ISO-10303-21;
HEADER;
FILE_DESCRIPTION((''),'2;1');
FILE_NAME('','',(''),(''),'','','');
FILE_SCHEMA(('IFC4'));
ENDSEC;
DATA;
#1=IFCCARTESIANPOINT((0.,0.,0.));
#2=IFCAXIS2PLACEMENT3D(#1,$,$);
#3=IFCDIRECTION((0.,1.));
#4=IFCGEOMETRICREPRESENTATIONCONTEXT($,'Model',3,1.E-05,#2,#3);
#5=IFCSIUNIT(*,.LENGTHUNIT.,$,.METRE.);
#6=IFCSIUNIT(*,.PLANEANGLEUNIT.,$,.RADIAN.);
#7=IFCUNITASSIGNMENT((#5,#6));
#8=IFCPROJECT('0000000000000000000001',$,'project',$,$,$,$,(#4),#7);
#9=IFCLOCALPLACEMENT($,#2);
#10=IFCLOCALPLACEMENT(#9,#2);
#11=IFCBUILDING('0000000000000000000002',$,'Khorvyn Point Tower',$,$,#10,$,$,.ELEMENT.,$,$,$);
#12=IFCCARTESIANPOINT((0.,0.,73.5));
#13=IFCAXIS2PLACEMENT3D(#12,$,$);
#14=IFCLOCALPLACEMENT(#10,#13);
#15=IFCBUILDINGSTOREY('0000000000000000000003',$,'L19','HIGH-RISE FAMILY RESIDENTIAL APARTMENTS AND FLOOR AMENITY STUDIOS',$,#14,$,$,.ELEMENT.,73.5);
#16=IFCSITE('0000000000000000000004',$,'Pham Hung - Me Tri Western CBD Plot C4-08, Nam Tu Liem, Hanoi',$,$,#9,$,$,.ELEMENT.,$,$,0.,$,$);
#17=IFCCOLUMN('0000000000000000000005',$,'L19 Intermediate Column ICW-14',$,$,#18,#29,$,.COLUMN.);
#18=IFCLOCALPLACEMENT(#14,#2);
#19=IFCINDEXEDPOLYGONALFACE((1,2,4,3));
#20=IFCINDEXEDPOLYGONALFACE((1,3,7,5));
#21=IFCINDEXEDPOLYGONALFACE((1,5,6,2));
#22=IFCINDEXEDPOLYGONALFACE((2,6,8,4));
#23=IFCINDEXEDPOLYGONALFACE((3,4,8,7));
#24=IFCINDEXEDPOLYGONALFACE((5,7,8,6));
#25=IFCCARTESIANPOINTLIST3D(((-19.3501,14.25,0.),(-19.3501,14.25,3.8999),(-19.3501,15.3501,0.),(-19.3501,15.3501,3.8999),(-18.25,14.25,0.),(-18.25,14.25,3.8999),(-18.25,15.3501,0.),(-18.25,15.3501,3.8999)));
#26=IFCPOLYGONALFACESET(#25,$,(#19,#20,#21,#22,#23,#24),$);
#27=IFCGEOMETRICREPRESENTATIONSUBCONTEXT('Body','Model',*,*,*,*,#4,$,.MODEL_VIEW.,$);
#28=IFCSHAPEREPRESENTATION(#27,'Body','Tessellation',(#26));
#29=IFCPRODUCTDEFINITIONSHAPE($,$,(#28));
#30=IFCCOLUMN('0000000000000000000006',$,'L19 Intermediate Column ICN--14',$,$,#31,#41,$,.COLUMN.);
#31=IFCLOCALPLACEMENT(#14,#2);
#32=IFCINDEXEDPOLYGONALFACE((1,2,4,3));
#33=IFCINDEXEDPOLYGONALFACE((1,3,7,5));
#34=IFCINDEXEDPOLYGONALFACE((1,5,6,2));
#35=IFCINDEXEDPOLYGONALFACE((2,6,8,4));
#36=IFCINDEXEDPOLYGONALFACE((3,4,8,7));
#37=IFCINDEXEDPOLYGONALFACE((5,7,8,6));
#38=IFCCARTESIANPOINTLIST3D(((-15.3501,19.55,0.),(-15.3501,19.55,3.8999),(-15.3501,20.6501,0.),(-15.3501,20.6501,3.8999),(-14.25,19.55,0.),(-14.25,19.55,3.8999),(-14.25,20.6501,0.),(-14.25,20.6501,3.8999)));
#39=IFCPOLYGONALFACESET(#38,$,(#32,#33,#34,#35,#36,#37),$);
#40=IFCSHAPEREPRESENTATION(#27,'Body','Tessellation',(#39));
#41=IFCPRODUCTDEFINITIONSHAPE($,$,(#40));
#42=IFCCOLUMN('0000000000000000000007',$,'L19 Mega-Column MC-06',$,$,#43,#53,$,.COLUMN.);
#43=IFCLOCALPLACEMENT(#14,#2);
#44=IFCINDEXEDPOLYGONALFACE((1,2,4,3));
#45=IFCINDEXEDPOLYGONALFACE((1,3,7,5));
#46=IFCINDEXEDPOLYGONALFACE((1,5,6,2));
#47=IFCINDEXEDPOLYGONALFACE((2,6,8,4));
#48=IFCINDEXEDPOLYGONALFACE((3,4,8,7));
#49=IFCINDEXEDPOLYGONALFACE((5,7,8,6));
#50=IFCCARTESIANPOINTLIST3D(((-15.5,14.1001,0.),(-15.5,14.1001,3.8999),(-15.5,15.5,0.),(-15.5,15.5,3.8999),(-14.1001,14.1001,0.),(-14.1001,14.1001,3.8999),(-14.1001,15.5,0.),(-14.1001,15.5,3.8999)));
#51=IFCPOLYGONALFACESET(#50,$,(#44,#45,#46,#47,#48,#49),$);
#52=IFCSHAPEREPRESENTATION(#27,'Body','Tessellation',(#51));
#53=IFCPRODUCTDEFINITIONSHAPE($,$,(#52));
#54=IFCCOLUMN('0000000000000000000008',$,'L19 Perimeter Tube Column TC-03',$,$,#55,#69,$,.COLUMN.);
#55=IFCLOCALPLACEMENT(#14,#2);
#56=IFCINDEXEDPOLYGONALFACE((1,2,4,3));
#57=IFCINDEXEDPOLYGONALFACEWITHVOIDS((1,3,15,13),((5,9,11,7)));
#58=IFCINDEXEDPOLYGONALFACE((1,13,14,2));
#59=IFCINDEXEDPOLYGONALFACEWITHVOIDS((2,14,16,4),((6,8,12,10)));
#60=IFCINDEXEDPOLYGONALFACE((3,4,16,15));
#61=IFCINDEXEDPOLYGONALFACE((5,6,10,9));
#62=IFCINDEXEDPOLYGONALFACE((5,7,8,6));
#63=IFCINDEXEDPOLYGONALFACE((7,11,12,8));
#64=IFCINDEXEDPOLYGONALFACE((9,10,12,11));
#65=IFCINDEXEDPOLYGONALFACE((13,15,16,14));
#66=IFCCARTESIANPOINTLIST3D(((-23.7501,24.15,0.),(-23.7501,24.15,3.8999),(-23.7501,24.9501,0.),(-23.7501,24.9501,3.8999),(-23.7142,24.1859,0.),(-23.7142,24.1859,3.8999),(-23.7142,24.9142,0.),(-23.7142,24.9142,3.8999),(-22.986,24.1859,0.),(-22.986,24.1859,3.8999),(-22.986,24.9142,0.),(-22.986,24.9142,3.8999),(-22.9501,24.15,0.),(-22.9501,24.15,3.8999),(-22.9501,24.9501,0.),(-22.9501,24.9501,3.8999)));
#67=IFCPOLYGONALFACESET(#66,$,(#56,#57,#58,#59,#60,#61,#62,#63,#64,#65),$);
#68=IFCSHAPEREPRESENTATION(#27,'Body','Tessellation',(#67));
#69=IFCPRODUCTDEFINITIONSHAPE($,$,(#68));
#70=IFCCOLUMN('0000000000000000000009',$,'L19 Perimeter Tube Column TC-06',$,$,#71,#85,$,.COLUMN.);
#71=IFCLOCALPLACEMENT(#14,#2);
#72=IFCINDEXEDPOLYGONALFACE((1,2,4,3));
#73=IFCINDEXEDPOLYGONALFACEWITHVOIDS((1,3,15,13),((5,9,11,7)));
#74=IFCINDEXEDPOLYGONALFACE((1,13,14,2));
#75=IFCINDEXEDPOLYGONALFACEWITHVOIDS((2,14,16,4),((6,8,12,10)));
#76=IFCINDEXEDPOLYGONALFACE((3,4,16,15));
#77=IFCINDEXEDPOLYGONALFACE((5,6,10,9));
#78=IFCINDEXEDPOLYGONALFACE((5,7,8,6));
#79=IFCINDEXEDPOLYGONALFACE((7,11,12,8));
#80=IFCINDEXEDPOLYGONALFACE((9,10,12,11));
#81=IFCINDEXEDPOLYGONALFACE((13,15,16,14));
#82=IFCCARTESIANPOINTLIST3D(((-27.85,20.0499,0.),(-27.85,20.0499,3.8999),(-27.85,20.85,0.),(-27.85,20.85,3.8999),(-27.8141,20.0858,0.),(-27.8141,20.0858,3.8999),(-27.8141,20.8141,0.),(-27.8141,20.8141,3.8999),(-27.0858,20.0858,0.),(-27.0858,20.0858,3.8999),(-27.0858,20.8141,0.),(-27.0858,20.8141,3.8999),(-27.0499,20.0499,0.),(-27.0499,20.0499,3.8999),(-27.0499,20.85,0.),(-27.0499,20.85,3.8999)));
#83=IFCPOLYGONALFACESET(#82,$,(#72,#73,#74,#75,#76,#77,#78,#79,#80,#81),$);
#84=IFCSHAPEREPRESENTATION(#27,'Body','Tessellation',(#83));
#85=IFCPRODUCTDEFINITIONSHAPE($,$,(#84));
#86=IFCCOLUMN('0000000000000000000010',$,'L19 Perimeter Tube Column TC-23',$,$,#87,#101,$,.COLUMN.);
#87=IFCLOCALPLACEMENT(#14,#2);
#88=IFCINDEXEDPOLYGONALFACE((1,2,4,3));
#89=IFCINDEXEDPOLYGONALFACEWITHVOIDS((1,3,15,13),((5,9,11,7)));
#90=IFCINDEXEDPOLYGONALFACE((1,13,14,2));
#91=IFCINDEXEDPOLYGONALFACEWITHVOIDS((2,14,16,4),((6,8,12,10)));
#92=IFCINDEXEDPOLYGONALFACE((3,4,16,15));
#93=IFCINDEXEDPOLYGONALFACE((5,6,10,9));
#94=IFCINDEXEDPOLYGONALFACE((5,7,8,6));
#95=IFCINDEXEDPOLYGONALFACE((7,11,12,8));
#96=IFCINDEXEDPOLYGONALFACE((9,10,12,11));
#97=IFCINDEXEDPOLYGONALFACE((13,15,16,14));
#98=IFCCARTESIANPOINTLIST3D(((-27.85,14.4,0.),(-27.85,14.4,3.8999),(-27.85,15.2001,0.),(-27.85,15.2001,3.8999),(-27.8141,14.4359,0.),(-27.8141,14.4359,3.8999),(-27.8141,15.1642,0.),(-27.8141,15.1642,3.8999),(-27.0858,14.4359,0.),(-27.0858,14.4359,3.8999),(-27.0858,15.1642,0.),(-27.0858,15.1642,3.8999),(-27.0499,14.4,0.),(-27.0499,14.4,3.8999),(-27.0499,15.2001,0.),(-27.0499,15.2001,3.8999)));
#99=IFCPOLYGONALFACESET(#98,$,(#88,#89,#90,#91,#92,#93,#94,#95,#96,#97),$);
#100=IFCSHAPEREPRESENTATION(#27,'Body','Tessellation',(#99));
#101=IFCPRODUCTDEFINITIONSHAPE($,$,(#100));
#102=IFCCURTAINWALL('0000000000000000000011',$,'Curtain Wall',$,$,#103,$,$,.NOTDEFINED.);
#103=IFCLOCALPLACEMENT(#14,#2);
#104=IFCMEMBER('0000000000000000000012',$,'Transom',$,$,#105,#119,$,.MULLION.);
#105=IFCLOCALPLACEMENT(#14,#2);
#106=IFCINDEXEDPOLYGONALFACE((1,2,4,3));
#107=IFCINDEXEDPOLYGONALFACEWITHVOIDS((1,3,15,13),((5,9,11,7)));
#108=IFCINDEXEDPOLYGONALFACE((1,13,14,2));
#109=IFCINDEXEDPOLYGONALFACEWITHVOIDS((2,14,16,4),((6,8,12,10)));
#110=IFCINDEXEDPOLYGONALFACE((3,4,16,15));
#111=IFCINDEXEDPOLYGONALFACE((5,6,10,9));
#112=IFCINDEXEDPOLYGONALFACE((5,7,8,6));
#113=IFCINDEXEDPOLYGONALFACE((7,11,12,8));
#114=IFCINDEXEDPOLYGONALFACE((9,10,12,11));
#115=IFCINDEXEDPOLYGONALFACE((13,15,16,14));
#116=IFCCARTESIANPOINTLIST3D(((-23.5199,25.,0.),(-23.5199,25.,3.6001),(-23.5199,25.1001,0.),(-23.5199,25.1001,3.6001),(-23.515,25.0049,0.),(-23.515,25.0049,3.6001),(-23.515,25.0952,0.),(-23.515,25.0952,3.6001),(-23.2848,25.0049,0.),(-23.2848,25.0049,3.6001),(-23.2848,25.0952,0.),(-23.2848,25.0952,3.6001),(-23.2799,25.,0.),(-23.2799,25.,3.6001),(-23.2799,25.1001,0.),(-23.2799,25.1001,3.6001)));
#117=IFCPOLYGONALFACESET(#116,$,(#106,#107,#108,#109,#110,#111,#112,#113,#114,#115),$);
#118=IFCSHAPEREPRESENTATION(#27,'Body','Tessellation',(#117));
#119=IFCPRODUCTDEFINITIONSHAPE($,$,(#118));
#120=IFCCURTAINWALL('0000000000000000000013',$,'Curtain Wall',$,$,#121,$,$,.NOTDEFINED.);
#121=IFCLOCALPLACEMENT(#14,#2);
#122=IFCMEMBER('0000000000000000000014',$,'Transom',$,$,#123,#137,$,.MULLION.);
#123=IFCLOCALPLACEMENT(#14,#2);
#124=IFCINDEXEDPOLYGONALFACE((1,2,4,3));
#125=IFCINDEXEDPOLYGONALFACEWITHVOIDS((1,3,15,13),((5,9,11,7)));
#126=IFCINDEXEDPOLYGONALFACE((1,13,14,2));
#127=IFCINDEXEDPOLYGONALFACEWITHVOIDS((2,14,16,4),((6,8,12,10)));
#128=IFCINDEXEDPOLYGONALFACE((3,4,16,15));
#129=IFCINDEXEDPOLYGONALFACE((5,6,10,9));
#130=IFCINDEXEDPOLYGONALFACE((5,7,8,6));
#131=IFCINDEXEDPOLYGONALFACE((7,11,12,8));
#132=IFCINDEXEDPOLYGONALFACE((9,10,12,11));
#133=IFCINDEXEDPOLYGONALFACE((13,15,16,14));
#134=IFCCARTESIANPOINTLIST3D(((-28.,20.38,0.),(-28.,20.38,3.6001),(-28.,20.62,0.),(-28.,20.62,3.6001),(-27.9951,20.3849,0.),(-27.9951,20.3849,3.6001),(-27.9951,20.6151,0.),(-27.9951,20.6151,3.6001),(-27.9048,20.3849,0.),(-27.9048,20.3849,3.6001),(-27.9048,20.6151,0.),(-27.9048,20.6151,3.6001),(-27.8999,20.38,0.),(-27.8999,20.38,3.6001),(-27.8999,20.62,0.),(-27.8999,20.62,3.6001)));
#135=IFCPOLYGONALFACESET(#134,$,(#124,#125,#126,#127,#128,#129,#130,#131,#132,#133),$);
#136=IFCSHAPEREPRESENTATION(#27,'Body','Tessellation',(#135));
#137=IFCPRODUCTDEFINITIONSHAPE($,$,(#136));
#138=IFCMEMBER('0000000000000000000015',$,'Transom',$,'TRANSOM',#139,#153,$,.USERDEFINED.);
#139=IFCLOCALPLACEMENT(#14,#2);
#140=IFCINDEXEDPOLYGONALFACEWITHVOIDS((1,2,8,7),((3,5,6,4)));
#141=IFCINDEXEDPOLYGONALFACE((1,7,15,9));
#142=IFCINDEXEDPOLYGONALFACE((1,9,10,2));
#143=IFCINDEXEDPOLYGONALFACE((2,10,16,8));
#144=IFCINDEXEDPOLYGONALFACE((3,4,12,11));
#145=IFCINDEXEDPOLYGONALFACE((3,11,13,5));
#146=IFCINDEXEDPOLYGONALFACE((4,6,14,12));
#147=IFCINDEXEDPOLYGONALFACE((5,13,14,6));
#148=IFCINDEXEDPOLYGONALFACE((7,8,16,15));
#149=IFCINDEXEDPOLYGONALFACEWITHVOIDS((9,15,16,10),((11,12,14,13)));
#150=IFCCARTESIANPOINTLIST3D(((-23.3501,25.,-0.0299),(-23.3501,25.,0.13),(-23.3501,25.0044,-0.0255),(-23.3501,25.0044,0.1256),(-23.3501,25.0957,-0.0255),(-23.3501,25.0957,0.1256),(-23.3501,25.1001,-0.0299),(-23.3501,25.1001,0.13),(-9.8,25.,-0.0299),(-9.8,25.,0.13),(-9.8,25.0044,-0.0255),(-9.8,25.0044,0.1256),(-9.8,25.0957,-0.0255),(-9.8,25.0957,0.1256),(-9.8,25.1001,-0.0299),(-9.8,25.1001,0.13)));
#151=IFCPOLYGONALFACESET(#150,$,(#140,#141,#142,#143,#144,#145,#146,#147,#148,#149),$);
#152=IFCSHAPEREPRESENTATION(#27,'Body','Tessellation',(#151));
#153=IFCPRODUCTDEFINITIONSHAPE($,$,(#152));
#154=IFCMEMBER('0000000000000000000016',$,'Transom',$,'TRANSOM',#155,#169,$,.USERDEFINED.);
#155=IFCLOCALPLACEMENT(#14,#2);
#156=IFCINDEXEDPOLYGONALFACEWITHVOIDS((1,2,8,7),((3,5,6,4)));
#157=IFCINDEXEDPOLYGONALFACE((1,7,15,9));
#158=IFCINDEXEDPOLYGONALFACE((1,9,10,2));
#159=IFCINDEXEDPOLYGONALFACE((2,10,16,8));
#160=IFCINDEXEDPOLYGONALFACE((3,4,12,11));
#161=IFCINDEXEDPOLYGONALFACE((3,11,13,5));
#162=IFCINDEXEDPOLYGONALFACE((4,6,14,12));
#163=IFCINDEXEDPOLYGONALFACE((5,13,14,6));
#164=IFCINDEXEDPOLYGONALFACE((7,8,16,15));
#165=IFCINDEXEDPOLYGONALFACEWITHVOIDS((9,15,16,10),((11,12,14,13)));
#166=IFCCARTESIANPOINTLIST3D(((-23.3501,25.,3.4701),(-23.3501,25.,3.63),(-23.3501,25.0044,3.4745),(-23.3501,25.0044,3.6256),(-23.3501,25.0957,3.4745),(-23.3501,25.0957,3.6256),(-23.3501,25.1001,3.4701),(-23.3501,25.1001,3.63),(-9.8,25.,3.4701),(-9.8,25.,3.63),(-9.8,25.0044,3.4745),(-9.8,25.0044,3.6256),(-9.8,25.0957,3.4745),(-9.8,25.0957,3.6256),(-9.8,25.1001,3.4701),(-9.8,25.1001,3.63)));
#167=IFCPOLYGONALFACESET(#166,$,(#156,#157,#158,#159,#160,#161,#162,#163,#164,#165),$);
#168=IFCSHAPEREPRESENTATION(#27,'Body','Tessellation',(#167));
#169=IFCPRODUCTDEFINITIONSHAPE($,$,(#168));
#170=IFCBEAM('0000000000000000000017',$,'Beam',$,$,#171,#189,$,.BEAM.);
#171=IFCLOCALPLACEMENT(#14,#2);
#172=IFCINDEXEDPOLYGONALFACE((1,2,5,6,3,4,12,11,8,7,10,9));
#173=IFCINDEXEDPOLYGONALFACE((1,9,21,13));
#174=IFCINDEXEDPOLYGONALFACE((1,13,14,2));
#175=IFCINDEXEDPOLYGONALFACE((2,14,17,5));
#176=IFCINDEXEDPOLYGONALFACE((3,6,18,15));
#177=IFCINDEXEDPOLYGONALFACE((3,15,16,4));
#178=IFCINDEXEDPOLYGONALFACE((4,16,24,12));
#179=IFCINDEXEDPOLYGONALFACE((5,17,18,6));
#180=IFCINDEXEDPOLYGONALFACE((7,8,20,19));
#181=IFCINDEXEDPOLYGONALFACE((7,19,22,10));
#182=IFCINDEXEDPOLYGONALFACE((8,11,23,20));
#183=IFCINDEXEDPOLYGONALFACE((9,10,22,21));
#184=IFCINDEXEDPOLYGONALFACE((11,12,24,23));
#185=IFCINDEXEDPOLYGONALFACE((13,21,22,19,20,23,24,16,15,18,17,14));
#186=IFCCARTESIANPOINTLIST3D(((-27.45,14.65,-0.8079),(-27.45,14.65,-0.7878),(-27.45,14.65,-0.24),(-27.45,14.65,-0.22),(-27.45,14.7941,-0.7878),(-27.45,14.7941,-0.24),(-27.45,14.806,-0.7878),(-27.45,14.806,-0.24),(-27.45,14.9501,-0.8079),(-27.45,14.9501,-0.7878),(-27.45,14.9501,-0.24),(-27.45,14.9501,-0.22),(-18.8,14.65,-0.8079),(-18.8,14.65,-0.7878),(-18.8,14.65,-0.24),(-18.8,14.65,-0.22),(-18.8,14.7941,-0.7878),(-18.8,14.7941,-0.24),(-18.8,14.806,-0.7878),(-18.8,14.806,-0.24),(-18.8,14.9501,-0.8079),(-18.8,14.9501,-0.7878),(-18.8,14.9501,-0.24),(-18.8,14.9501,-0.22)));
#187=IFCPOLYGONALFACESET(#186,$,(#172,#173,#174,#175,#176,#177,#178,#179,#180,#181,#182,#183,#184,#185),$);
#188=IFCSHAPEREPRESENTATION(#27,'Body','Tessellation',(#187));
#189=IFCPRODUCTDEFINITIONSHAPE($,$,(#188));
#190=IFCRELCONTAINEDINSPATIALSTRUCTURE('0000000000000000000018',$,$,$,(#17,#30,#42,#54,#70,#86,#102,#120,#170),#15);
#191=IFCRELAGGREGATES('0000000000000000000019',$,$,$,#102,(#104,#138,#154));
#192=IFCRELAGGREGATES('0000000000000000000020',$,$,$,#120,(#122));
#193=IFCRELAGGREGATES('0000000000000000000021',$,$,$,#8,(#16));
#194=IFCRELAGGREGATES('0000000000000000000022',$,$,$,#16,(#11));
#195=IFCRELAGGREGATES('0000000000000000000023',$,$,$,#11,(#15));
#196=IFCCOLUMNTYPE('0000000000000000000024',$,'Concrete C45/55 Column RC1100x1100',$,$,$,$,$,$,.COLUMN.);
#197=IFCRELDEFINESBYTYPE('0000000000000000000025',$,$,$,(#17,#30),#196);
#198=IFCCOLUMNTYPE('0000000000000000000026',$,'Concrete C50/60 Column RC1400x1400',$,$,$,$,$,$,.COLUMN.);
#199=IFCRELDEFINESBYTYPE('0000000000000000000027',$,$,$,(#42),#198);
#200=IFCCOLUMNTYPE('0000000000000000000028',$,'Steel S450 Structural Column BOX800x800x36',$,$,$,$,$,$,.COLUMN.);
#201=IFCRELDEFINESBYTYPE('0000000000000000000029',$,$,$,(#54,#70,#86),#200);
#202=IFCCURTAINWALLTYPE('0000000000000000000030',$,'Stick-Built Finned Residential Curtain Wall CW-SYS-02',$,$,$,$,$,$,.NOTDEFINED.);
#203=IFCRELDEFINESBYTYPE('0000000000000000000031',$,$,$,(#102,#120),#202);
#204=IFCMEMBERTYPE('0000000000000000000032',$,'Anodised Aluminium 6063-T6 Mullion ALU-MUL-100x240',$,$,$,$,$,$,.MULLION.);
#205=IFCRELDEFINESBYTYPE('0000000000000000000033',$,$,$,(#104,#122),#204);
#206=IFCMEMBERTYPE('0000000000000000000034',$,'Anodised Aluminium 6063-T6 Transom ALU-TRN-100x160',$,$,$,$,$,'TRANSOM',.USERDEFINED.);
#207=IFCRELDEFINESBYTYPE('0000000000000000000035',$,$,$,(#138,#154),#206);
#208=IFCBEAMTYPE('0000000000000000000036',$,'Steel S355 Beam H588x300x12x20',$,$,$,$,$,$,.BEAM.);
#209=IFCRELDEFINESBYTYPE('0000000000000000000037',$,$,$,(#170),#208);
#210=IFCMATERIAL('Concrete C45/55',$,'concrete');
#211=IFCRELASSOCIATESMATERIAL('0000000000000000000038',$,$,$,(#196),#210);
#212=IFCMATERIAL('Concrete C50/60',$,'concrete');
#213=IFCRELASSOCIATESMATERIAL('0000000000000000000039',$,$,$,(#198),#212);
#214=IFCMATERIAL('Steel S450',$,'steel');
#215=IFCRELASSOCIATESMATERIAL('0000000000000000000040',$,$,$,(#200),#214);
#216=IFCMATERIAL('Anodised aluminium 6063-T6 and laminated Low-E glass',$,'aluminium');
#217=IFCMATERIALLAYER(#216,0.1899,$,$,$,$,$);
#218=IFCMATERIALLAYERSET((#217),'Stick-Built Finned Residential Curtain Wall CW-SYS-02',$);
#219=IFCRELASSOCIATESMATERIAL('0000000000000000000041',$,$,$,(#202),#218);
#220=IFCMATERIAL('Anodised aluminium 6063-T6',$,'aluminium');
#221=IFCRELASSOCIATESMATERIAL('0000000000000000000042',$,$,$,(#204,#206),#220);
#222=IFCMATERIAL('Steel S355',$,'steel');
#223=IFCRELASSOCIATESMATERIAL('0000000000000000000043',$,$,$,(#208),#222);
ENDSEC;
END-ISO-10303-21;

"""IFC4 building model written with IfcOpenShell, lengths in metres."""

from ifc_helpers import new_model, si_unit, direction, frame, origin, origin_2d, place, context, subcontext, project, spatial, rectangle, hollow_rectangle, i_section, extrude, material, layer, layer_set, material_profile, profile_set, type_object, element, aggregate, save


model = new_model("IFC4")

# Units and contexts
model_context = context("Model", 3, precision=1e-05, world=origin(), true_north=direction((0.0, 1.0)))
body_context = subcontext(model_context, "Body", "Model", "MODEL_VIEW")
ifc_project = project(units=[si_unit("LENGTHUNIT", "METRE"), si_unit("PLANEANGLEUNIT", "RADIAN")], contexts=[model_context])

# Site, building, storey
site_placement = place(None, origin())
site = spatial("IfcSite", under=ifc_project, at=site_placement, Name="Pham Hung - Me Tri Western CBD Plot C4-08, Nam Tu Liem, Hanoi", CompositionType="ELEMENT", RefElevation=0.0)
building_placement = place(site_placement, origin())
building = spatial("IfcBuilding", under=site, at=building_placement, Name="Khorvyn Point Tower", CompositionType="ELEMENT")
storey_placement = place(building_placement, frame((0.0, 0.0, 73.5)))
storey = spatial("IfcBuildingStorey", under=building, at=storey_placement, Name="L19", Description="HIGH-RISE FAMILY RESIDENTIAL APARTMENTS AND FLOOR AMENITY STUDIOS", CompositionType="ELEMENT", Elevation=73.5)

# Columns
ifc_material_1 = material(Name="Concrete C45/55", Category="concrete")
ifc_material_profile_1 = material_profile(ifc_material_1, rectangle(XDim=1.1001, YDim=1.1001, at=origin_2d()))
ifc_profile_set_1 = profile_set([ifc_material_profile_1], Name="Concrete C45/55 RC1100x1100")
column_type_1 = type_object("IfcColumnType", Name="Concrete C45/55 Column RC1100x1100", PredefinedType="COLUMN", material=ifc_profile_set_1)
for number, where, z_axis, x_axis, name in (
    (1, (-18.8, 14.8, 0.0), (0.0, 0.0, 1.0), (1.0, 0.0, 0.0), "L19 Intermediate Column ICW-14"),
    (2, (-14.8, 20.1001, 0.0), (0.0, 0.0, 1.0), (1.0, 0.0, 0.0), "L19 Intermediate Column ICN--14"),
):
    element("IfcColumn", number, at=place(storey_placement, frame(where, z_axis=z_axis, x_axis=x_axis)), inside=storey, type_object=column_type_1, Name=name, PredefinedType="COLUMN", context=body_context, shape_type="SweptSolid", body=[
        extrude(rectangle(XDim=1.1001, YDim=1.1001, at=origin_2d()), origin(), (0.0, 0.0, 1.0), 3.8999),
    ])
ifc_material_2 = material(Name="Concrete C50/60", Category="concrete")
ifc_material_profile_2 = material_profile(ifc_material_2, rectangle(XDim=1.3999, YDim=1.3999, at=origin_2d()))
ifc_profile_set_2 = profile_set([ifc_material_profile_2], Name="Concrete C50/60 RC1400x1400")
column_type_2 = type_object("IfcColumnType", Name="Concrete C50/60 Column RC1400x1400", PredefinedType="COLUMN", material=ifc_profile_set_2)
column_placement = place(storey_placement, frame((-14.8, 14.8, 0.0), z_axis=(0.0, 0.0, 1.0), x_axis=(1.0, 0.0, 0.0)))
element("IfcColumn", 3, at=column_placement, inside=storey, type_object=column_type_2, Name="L19 Mega-Column MC-06", PredefinedType="COLUMN", context=body_context, shape_type="SweptSolid", body=[
    extrude(rectangle(XDim=1.3999, YDim=1.3999, at=origin_2d()), origin(), (0.0, 0.0, 1.0), 3.8999),
])
ifc_material_3 = material(Name="Steel S450", Category="steel")
ifc_material_profile_3 = material_profile(ifc_material_3, hollow_rectangle(XDim=0.8, YDim=0.8, WallThickness=0.0359, at=origin_2d()))
ifc_profile_set_3 = profile_set([ifc_material_profile_3], Name="Steel S450 BOX800x800x36")
column_type_3 = type_object("IfcColumnType", Name="Steel S450 Structural Column BOX800x800x36", PredefinedType="COLUMN", material=ifc_profile_set_3)
for number, where, z_axis, x_axis, name in (
    (4, (-23.3501, 24.55, 0.0), (0.0, 0.0, 1.0), (1.0, 0.0, 0.0), "L19 Perimeter Tube Column TC-03"),
    (5, (-27.45, 20.45, 0.0), (0.0, 0.0, 1.0), (1.0, 0.0, 0.0), "L19 Perimeter Tube Column TC-06"),
    (6, (-27.45, 14.8, 0.0), (0.0, 0.0, 1.0), (1.0, 0.0, 0.0), "L19 Perimeter Tube Column TC-23"),
):
    element("IfcColumn", number, at=place(storey_placement, frame(where, z_axis=z_axis, x_axis=x_axis)), inside=storey, type_object=column_type_3, Name=name, PredefinedType="COLUMN", context=body_context, shape_type="SweptSolid", body=[
        extrude(hollow_rectangle(XDim=0.8, YDim=0.8, WallThickness=0.0359, at=origin_2d()), origin(), (0.0, 0.0, 1.0), 3.8999),
    ])

# Curtain walls, members
ifc_material_4 = material(Name="Anodised aluminium 6063-T6 and laminated Low-E glass", Category="aluminium")
ifc_layer_1 = layer(ifc_material_4, 0.1899)
ifc_layer_set_1 = layer_set([ifc_layer_1], Name="Stick-Built Finned Residential Curtain Wall CW-SYS-02")
curtain_wall_type = type_object("IfcCurtainWallType", Name="Stick-Built Finned Residential Curtain Wall CW-SYS-02", PredefinedType="NOTDEFINED", material=ifc_layer_set_1)
curtain_wall_1_placement = place(storey_placement, origin())
curtain_wall_1 = element("IfcCurtainWall", 7, at=curtain_wall_1_placement, inside=storey, type_object=curtain_wall_type, Name="Curtain Wall", PredefinedType="NOTDEFINED")
ifc_material_5 = material(Name="Anodised aluminium 6063-T6", Category="aluminium")
ifc_material_profile_4 = material_profile(ifc_material_5, hollow_rectangle(XDim=0.1001, YDim=0.24, WallThickness=0.0049, at=origin_2d()))
ifc_profile_set_4 = profile_set([ifc_material_profile_4], Name="Anodised aluminium 6063-T6 ALU-MUL-100x240")
member_type_1 = type_object("IfcMemberType", Name="Anodised Aluminium 6063-T6 Mullion ALU-MUL-100x240", PredefinedType="MULLION", material=ifc_profile_set_4)
member_1_placement = place(storey_placement, frame((-23.3999, 25.05, 0.0), z_axis=(0.0, 0.0, 1.0), x_axis=(0.0, 1.0, 0.0)))
member_1 = element("IfcMember", 8, at=member_1_placement, type_object=member_type_1, Name="Transom", PredefinedType="MULLION", context=body_context, shape_type="SweptSolid", body=[
    extrude(hollow_rectangle(XDim=0.1001, YDim=0.24, WallThickness=0.0049, at=origin_2d()), origin(), (0.0, 0.0, 1.0), 3.6001),
])
curtain_wall_2_placement = place(storey_placement, origin())
curtain_wall_2 = element("IfcCurtainWall", 9, at=curtain_wall_2_placement, inside=storey, type_object=curtain_wall_type, Name="Curtain Wall", PredefinedType="NOTDEFINED")
member_2_placement = place(storey_placement, frame((-27.95, 20.5, 0.0), z_axis=(0.0, 0.0, 1.0), x_axis=(-1.0, 0.0, 0.0)))
member_2 = element("IfcMember", 10, at=member_2_placement, type_object=member_type_1, Name="Transom", PredefinedType="MULLION", context=body_context, shape_type="SweptSolid", body=[
    extrude(hollow_rectangle(XDim=0.1001, YDim=0.24, WallThickness=0.0049, at=origin_2d()), origin(), (0.0, 0.0, 1.0), 3.6001),
])

# Members
ifc_material_profile_5 = material_profile(ifc_material_5, hollow_rectangle(XDim=0.1001, YDim=0.1599, WallThickness=0.0044, at=origin_2d()))
ifc_profile_set_5 = profile_set([ifc_material_profile_5], Name="Anodised aluminium 6063-T6 ALU-TRN-100x160")
member_type_2 = type_object("IfcMemberType", Name="Anodised Aluminium 6063-T6 Transom ALU-TRN-100x160", ElementType="TRANSOM", PredefinedType="USERDEFINED", material=ifc_profile_set_5)
member_3_placement = place(storey_placement, frame((-23.3501, 25.05, 0.05), z_axis=(1.0, 0.0, 0.0), x_axis=(0.0, 1.0, 0.0)))
member_3 = element("IfcMember", 11, at=member_3_placement, type_object=member_type_2, Name="Transom", ObjectType="TRANSOM", PredefinedType="USERDEFINED", context=body_context, shape_type="SweptSolid", body=[
    extrude(hollow_rectangle(XDim=0.1001, YDim=0.1599, WallThickness=0.0044, at=origin_2d()), origin(), (0.0, 0.0, 1.0), 13.55),
])
member_4_placement = place(storey_placement, frame((-23.3501, 25.05, 3.55), z_axis=(1.0, 0.0, 0.0), x_axis=(0.0, 1.0, 0.0)))
member_4 = element("IfcMember", 12, at=member_4_placement, type_object=member_type_2, Name="Transom", ObjectType="TRANSOM", PredefinedType="USERDEFINED", context=body_context, shape_type="SweptSolid", body=[
    extrude(hollow_rectangle(XDim=0.1001, YDim=0.1599, WallThickness=0.0044, at=origin_2d()), origin(), (0.0, 0.0, 1.0), 13.55),
])

# Beam
ifc_material_6 = material(Name="Steel S355", Category="steel")
ifc_material_profile_6 = material_profile(ifc_material_6, i_section(OverallWidth=0.3, OverallDepth=0.5879, WebThickness=0.012, FlangeThickness=0.02, at=origin_2d()))
ifc_profile_set_6 = profile_set([ifc_material_profile_6], Name="Steel S355 H588x300x12x20")
beam_type_1 = type_object("IfcBeamType", Name="Steel S355 Beam H588x300x12x20", PredefinedType="BEAM", material=ifc_profile_set_6)
beam_1_placement = place(storey_placement, frame((-27.45, 14.8, -0.5139), z_axis=(1.0, 0.0, 0.0), x_axis=(0.0, 1.0, 0.0)))
element("IfcBeam", 13, at=beam_1_placement, inside=storey, type_object=beam_type_1, Name="Beam", PredefinedType="BEAM", context=body_context, shape_type="SweptSolid", body=[
    extrude(i_section(OverallWidth=0.3, OverallDepth=0.5879, WebThickness=0.012, FlangeThickness=0.02, at=origin_2d()), origin(), (0.0, 0.0, 1.0), 8.6499),
])

aggregate(curtain_wall_1, [member_1, member_3, member_4])
aggregate(curtain_wall_2, [member_2])

save(model, "model.ifc")
